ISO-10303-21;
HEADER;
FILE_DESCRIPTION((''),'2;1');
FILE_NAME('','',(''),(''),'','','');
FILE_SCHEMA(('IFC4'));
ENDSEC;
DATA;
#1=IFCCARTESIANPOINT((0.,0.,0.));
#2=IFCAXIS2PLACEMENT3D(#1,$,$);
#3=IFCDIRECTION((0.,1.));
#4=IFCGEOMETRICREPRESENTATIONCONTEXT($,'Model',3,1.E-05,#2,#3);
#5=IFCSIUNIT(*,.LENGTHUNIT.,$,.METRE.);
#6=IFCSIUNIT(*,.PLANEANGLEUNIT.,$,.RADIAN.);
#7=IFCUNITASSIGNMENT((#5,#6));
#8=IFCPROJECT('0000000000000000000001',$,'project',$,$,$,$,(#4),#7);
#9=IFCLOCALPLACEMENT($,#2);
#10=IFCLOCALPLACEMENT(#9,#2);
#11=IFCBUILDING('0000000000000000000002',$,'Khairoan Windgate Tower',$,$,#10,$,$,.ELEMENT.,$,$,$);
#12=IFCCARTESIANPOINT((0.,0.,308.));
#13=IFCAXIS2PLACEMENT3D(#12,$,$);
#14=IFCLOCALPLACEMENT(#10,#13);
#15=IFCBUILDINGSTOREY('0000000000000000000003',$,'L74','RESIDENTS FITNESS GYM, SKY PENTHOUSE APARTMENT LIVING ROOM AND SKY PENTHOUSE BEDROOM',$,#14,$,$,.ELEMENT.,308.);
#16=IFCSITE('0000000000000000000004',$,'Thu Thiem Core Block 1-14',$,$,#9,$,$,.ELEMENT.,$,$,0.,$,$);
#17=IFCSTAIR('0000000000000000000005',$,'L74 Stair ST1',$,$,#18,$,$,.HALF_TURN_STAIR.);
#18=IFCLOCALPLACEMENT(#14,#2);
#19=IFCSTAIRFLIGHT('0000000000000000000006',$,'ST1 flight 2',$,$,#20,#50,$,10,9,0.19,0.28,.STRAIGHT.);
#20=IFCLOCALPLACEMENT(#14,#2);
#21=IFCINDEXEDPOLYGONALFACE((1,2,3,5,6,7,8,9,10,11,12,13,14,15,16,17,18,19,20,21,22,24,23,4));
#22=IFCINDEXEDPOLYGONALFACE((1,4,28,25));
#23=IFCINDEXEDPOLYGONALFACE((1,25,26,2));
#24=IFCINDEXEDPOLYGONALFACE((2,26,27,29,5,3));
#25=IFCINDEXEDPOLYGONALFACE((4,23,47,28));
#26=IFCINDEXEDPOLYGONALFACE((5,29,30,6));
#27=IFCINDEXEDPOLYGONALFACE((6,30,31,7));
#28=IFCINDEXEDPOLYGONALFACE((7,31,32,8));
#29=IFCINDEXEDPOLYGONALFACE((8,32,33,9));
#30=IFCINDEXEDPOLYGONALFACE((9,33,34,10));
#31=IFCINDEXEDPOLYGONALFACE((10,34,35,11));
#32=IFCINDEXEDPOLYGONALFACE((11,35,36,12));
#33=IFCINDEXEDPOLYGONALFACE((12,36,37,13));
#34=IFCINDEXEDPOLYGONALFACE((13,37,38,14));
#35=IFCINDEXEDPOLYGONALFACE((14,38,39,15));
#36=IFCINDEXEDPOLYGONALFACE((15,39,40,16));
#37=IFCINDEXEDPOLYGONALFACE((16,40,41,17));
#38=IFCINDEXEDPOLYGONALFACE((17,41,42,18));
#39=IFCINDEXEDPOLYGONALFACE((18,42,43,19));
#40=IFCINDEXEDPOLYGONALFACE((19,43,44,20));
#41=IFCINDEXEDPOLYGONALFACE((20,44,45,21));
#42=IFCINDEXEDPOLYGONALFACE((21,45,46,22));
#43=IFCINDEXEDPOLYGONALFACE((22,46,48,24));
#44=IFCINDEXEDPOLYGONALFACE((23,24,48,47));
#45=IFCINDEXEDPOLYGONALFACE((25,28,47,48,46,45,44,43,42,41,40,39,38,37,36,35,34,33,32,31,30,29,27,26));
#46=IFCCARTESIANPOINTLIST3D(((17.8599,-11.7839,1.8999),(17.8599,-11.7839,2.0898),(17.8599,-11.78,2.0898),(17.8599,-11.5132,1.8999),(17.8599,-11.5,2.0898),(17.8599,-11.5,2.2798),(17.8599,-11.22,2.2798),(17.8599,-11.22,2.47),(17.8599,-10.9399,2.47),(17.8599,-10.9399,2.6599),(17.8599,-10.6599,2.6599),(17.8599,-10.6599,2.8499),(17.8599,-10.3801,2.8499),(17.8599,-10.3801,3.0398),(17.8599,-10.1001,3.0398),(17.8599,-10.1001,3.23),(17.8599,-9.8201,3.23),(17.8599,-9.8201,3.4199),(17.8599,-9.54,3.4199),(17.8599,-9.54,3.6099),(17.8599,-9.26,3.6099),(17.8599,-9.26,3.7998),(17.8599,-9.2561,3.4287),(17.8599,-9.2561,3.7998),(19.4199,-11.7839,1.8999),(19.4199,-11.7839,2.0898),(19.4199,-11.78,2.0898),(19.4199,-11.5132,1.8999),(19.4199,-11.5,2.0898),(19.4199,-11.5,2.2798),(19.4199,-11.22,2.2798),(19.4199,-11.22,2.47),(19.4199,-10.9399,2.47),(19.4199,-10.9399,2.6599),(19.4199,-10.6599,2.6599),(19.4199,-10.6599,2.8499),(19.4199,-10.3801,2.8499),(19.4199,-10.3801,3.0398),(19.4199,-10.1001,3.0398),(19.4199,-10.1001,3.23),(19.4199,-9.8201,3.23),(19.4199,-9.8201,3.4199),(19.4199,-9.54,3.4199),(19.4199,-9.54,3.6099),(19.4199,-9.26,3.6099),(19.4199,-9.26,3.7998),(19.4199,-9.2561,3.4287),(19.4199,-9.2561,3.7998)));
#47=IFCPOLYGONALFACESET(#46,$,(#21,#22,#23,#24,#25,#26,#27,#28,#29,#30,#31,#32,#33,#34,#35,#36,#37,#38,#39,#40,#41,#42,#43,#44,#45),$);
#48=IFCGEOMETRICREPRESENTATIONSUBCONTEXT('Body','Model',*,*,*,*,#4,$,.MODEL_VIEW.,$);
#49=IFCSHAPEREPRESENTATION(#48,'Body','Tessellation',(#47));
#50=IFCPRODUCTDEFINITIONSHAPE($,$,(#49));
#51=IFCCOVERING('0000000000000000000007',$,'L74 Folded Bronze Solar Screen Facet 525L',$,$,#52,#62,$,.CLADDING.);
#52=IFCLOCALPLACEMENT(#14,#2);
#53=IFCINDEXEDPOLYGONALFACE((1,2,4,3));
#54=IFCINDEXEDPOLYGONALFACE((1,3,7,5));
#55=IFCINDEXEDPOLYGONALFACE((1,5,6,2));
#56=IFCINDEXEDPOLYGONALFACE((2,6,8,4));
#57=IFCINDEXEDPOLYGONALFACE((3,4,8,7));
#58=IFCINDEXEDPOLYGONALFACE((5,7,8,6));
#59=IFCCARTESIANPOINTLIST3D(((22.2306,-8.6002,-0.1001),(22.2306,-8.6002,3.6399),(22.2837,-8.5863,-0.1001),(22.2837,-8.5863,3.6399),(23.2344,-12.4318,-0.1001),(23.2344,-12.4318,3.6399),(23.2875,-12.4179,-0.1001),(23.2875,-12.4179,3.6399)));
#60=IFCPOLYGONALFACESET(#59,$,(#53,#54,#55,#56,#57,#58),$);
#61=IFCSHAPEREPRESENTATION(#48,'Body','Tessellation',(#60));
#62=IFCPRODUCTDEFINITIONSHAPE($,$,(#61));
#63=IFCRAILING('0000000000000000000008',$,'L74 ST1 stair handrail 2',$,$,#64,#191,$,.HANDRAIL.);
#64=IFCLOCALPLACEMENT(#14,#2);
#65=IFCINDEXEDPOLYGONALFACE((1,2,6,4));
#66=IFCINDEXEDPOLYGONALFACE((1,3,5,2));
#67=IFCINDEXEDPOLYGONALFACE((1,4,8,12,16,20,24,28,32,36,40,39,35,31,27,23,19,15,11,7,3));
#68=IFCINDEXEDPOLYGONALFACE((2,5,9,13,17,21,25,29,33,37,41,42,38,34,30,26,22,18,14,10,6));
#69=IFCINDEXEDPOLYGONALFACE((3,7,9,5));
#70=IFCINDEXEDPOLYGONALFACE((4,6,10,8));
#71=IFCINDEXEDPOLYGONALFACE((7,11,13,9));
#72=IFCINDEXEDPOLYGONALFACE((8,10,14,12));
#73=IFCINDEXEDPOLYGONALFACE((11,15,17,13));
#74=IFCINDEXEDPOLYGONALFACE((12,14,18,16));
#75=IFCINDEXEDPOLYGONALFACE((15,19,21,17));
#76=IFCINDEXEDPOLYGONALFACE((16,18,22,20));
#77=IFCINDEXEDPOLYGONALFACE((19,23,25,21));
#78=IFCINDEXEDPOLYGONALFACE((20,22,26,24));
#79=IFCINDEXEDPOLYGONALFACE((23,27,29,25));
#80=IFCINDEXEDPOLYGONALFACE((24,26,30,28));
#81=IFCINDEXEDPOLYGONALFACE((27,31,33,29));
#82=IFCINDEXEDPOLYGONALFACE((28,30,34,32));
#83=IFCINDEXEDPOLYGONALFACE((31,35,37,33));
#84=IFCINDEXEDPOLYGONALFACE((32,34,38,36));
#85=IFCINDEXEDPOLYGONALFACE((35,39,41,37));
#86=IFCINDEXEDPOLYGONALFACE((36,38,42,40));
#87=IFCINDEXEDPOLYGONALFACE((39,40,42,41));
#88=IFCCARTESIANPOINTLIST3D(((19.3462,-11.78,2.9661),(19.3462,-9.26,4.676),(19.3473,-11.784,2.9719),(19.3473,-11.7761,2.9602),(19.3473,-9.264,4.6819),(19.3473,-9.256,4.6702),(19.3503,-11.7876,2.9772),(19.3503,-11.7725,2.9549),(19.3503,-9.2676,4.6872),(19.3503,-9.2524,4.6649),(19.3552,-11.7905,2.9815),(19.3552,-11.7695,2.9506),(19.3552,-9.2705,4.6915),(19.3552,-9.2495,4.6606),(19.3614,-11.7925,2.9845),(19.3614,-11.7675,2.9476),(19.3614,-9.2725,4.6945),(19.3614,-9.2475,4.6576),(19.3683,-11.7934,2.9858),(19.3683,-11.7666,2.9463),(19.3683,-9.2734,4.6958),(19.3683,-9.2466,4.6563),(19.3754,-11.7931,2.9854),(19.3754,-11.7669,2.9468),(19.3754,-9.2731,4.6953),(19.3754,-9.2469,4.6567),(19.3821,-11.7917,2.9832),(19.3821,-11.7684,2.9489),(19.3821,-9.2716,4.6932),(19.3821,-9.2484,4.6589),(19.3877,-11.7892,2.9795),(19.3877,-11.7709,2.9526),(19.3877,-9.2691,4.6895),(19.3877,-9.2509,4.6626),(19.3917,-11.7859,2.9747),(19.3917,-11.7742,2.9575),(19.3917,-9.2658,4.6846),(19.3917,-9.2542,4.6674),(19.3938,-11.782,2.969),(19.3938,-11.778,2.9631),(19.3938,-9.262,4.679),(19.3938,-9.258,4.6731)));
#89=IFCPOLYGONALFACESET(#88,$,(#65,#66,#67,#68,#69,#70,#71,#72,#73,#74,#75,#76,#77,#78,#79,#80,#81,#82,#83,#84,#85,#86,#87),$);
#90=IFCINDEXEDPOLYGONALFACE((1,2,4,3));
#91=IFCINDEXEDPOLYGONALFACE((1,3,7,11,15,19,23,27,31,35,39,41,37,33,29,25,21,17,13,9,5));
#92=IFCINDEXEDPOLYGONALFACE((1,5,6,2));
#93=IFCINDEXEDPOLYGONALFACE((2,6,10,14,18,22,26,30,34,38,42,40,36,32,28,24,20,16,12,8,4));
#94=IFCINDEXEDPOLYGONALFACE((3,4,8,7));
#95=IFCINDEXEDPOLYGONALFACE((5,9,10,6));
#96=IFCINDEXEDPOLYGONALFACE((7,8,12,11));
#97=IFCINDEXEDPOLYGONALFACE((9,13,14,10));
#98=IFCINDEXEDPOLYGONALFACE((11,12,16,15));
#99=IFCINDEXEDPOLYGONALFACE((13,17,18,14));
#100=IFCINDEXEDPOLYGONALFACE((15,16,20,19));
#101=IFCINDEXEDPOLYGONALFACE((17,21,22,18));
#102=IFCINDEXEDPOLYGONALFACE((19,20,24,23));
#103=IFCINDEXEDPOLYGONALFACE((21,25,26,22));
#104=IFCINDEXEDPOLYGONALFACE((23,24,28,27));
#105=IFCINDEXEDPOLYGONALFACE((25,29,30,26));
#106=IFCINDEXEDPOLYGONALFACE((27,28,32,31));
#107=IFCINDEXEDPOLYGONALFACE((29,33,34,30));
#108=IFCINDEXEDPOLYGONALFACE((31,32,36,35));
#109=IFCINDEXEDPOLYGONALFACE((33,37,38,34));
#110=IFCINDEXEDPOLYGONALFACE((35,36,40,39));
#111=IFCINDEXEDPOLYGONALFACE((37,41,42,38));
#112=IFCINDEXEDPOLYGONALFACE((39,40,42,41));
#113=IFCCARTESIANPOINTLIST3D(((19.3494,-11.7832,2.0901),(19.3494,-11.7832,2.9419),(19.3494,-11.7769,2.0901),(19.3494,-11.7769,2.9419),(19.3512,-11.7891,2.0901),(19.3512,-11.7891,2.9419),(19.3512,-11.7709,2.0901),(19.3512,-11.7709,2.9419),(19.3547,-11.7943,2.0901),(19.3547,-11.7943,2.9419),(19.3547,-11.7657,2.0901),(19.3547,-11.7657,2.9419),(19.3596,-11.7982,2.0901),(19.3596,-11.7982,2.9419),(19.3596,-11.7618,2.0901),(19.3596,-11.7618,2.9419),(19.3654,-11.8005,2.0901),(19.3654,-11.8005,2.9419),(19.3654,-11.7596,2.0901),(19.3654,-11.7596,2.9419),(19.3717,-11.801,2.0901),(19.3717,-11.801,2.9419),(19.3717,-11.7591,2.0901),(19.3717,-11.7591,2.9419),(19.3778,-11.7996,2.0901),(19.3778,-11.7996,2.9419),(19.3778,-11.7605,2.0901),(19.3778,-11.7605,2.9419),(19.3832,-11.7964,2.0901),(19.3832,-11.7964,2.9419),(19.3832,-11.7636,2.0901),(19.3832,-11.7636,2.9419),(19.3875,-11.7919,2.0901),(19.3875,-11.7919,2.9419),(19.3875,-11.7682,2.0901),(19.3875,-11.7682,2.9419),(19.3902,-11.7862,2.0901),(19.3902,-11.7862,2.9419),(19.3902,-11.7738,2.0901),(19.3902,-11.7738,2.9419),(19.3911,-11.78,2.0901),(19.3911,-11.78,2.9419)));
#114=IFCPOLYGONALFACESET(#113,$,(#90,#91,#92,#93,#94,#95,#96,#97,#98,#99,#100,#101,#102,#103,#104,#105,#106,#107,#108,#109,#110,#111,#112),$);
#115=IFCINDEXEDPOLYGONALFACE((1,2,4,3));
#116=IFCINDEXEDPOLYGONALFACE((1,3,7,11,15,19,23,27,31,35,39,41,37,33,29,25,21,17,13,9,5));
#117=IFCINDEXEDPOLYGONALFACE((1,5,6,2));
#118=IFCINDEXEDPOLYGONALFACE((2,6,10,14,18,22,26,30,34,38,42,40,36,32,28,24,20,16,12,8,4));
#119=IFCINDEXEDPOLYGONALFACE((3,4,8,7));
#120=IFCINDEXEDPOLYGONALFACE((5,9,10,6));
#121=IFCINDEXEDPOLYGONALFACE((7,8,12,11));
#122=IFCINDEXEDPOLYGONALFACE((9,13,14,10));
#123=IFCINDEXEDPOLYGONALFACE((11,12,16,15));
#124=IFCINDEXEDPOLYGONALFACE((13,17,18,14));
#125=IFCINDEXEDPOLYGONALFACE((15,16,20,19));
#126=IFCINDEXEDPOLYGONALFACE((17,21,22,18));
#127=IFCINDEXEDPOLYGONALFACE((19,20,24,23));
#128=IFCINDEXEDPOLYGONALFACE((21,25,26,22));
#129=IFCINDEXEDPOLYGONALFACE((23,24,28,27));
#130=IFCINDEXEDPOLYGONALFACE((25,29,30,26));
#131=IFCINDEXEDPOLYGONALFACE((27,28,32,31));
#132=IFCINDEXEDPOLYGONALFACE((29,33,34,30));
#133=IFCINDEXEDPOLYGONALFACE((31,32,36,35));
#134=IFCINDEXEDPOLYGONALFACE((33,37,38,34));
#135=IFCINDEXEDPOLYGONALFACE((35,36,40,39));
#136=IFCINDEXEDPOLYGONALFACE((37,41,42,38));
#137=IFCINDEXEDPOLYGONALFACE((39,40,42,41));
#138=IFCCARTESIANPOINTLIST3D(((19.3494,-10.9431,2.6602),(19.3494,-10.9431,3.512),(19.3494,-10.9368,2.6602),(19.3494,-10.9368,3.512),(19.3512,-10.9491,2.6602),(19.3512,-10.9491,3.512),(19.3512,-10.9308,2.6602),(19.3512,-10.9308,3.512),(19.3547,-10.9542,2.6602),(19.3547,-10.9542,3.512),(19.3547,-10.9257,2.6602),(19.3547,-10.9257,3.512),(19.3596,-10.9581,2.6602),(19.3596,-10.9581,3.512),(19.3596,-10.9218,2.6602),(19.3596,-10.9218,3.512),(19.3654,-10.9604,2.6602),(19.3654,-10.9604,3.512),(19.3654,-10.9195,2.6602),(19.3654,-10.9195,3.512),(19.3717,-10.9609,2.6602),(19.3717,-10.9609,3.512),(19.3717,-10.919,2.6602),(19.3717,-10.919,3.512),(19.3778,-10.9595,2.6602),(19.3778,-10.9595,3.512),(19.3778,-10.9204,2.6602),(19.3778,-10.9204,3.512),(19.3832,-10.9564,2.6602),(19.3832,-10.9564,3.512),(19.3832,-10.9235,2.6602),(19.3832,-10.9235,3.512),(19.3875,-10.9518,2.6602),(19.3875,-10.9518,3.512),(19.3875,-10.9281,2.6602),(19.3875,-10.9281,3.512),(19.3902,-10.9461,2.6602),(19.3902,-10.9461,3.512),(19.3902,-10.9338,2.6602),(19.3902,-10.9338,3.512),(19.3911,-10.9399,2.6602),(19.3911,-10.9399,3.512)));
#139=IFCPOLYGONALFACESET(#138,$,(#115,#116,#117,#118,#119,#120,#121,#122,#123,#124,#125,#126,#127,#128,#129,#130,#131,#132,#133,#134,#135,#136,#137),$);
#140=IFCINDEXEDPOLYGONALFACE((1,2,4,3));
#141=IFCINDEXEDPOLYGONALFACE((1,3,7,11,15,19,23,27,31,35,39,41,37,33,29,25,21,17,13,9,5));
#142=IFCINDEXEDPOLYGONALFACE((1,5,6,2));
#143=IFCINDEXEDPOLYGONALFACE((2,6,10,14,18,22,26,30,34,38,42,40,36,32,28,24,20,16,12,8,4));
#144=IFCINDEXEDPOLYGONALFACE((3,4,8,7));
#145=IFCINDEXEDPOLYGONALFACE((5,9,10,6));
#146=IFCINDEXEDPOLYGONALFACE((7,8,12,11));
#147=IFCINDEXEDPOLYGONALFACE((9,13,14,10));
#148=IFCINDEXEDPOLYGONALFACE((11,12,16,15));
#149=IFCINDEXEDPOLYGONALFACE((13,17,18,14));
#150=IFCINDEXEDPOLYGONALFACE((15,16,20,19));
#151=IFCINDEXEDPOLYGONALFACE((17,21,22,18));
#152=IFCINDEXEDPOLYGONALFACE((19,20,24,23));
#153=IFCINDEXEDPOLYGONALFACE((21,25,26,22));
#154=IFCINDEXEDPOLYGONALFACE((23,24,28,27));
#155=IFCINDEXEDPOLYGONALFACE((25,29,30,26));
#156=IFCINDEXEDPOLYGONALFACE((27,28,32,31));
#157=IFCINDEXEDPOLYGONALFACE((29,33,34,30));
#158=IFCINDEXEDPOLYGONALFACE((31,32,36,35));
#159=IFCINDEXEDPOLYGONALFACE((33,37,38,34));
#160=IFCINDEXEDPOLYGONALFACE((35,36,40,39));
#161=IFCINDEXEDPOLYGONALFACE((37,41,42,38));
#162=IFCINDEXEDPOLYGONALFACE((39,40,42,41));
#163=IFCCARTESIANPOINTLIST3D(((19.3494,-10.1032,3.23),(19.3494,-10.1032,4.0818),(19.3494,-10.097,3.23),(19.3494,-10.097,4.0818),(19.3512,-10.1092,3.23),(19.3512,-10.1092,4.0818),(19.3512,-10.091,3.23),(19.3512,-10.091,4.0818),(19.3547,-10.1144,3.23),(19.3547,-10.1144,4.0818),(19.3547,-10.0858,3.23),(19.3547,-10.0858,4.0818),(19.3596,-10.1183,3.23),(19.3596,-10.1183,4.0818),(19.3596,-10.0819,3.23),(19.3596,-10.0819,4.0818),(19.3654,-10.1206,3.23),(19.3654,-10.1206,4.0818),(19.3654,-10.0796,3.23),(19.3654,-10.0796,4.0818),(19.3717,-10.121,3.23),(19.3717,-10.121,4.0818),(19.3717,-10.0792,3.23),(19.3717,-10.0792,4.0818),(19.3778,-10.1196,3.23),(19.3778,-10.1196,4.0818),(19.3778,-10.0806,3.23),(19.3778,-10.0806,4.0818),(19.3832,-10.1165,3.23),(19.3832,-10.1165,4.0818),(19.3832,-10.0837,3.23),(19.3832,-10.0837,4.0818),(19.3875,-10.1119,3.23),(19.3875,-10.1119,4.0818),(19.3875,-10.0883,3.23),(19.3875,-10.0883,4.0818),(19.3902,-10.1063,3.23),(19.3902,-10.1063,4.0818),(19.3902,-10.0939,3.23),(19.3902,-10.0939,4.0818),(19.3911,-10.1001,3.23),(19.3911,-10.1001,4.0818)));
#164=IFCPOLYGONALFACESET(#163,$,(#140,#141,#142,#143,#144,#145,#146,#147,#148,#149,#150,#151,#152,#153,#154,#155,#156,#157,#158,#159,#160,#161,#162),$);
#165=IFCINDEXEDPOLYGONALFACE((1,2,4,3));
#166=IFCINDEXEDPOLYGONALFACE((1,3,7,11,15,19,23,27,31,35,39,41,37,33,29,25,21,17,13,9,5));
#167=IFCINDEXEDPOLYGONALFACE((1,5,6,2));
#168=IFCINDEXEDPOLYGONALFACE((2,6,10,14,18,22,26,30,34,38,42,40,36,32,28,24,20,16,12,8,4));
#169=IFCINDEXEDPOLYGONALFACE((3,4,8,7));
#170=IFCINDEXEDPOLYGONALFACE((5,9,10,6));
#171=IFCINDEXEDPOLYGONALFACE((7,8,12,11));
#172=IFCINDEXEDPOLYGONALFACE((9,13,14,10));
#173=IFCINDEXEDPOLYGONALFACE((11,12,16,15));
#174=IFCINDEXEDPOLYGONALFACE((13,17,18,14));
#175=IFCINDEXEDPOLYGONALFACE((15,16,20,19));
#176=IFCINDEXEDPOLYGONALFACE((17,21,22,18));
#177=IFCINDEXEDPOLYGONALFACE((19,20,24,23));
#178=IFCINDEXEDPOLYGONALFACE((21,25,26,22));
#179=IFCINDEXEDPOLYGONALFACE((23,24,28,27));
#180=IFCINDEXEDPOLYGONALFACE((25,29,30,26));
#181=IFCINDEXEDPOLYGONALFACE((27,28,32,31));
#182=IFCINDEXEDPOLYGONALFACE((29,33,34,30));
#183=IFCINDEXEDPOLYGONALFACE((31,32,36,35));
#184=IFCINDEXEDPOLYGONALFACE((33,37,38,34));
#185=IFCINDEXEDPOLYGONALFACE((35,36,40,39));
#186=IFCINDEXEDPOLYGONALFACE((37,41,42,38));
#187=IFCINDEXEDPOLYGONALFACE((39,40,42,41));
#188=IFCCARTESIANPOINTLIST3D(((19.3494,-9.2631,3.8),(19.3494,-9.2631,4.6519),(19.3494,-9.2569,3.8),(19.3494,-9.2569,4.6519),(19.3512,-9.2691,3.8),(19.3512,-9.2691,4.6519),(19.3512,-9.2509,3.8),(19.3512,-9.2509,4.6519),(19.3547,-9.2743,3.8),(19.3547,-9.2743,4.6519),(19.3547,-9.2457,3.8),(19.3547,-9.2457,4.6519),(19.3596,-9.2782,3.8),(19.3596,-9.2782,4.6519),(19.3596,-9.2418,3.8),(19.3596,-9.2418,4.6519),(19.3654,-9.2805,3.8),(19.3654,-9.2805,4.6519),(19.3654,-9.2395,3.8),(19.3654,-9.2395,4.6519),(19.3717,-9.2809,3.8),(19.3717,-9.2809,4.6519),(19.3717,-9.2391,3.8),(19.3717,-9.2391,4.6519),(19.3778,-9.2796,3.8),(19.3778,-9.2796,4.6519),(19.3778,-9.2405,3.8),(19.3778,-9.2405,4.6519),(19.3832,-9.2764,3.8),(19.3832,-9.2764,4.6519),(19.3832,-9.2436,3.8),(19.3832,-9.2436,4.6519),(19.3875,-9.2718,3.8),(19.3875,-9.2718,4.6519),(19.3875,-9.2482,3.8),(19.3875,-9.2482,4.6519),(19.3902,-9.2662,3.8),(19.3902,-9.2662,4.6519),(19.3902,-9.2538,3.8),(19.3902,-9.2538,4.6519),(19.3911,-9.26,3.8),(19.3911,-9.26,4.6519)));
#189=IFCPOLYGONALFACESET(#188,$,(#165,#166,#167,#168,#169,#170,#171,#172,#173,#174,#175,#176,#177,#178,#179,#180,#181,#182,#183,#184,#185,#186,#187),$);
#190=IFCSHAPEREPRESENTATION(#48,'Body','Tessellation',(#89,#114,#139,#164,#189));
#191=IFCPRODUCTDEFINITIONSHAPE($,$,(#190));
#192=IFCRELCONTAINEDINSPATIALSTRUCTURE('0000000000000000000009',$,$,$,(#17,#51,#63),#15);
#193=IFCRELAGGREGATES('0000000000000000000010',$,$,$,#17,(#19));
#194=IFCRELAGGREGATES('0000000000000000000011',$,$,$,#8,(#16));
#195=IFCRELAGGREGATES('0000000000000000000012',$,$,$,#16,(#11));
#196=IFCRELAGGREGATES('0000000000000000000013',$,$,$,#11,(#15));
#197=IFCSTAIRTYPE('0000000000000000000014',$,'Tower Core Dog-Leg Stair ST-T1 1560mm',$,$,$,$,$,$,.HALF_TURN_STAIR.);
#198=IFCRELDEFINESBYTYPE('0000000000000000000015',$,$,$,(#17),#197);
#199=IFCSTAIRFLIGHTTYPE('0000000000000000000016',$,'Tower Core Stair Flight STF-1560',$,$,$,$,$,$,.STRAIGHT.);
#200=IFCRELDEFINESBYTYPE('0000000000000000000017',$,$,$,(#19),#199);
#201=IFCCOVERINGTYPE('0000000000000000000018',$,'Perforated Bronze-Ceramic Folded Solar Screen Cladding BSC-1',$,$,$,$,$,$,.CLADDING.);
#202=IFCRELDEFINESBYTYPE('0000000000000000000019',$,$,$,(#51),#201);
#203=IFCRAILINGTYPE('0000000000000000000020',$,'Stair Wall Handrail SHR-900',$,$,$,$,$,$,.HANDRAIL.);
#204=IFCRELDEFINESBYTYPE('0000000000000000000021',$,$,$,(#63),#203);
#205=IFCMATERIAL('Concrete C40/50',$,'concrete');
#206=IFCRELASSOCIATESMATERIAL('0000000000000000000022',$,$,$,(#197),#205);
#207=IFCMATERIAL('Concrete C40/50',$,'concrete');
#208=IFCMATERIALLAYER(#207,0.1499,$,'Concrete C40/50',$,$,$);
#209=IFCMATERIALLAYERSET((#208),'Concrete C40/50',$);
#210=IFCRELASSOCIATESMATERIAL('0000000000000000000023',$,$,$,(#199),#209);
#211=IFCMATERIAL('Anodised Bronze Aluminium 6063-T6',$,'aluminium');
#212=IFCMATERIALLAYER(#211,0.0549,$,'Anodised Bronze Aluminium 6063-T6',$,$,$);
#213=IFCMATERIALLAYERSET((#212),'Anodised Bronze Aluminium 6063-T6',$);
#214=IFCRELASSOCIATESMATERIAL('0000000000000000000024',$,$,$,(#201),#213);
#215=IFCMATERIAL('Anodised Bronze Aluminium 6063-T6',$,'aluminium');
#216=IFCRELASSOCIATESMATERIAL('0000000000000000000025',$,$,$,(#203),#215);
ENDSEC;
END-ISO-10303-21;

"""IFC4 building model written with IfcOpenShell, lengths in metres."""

from ifc_helpers import new_model, si_unit, direction, frame, origin, origin_2d, place, context, subcontext, project, spatial, polyline, rectangle, circle, outline, extrude, material, layer, layer_set, type_object, element, aggregate, save


model = new_model("IFC4")

# Units and contexts
model_context = context("Model", 3, precision=1e-05, world=origin(), true_north=direction((0.0, 1.0)))
body_context = subcontext(model_context, "Body", "Model", "MODEL_VIEW")
ifc_project = project(units=[si_unit("LENGTHUNIT", "METRE"), si_unit("PLANEANGLEUNIT", "RADIAN")], contexts=[model_context])

# Site, building, storey
site_placement = place(None, origin())
site = spatial("IfcSite", under=ifc_project, at=site_placement, Name="Thu Thiem Core Block 1-14", CompositionType="ELEMENT", RefElevation=0.0)
building_placement = place(site_placement, origin())
building = spatial("IfcBuilding", under=site, at=building_placement, Name="Khairoan Windgate Tower", CompositionType="ELEMENT")
storey_placement = place(building_placement, frame((0.0, 0.0, 308.0)))
storey = spatial("IfcBuildingStorey", under=building, at=storey_placement, Name="L74", Description="RESIDENTS FITNESS GYM, SKY PENTHOUSE APARTMENT LIVING ROOM AND SKY PENTHOUSE BEDROOM", CompositionType="ELEMENT", Elevation=308.0)

# Stair, stair flight
ifc_material_1 = material(Name="Concrete C40/50", Category="concrete")
stair_type = type_object("IfcStairType", Name="Tower Core Dog-Leg Stair ST-T1 1560mm", PredefinedType="HALF_TURN_STAIR", material=ifc_material_1)
stair_placement = place(storey_placement, origin())
stair = element("IfcStair", 1, at=stair_placement, inside=storey, type_object=stair_type, Name="L74 Stair ST1", PredefinedType="HALF_TURN_STAIR")
ifc_material_2 = material(Name="Concrete C40/50", Category="concrete")
ifc_layer_1 = layer(ifc_material_2, 0.1499, Name="Concrete C40/50")
ifc_layer_set_1 = layer_set([ifc_layer_1], Name="Concrete C40/50")
stair_flight_type = type_object("IfcStairFlightType", Name="Tower Core Stair Flight STF-1560", PredefinedType="STRAIGHT", material=ifc_layer_set_1)
stair_flight_1_placement = place(storey_placement, frame((18.6399, -11.78, 1.8999), z_axis=(0.0, 0.0, 1.0), x_axis=(0.0, 1.0, 0.0)))
stair_flight_1 = element("IfcStairFlight", 2, at=stair_flight_1_placement, type_object=stair_flight_type, Name="ST1 flight 2", NumberOfRisers=10, NumberOfTreads=9, PredefinedType="STRAIGHT", RiserHeight=0.19, TreadLength=0.28, context=body_context, shape_type="SweptSolid", body=[
    extrude(outline(polyline([(-0.0039, 0.0), (-0.0039, 0.1899), (0.0, 0.1899), (0.28, 0.1899), (0.28, 0.3799), (0.5601, 0.3799), (0.5601, 0.5701), (0.8401, 0.5701), (0.8401, 0.76), (1.1201, 0.76), (1.1201, 0.95), (1.3999, 0.95), (1.3999, 1.1399), (1.6799, 1.1399), (1.6799, 1.3301), (1.96, 1.3301), (1.96, 1.52), (2.24, 1.52), (2.24, 1.71), (2.52, 1.71), (2.52, 1.8999), (2.5239, 1.8999), (2.5239, 1.5288), (0.2668, 0.0), (-0.0039, 0.0)])), frame((0.0, 0.78, 0.0), z_axis=(0.0, -1.0, 0.0), x_axis=(1.0, 0.0, 0.0)), (0.0, 0.0, 1.0), 1.5601),
])
aggregate(stair, [stair_flight_1])

# Covering
ifc_material_3 = material(Name="Anodised Bronze Aluminium 6063-T6", Category="aluminium")
ifc_layer_2 = layer(ifc_material_3, 0.0549, Name="Anodised Bronze Aluminium 6063-T6")
ifc_layer_set_2 = layer_set([ifc_layer_2], Name="Anodised Bronze Aluminium 6063-T6")
covering_type = type_object("IfcCoveringType", Name="Perforated Bronze-Ceramic Folded Solar Screen Cladding BSC-1", PredefinedType="CLADDING", material=ifc_layer_set_2)
covering_placement = place(storey_placement, frame((22.759, -10.509, -0.1001), z_axis=(0.0, 0.0, 1.0), x_axis=(0.25342, -0.967356, 0.0)))
element("IfcCovering", 3, at=covering_placement, inside=storey, type_object=covering_type, Name="L74 Folded Bronze Solar Screen Facet 525L", PredefinedType="CLADDING", context=body_context, shape_type="SweptSolid", body=[
    extrude(rectangle(XDim=3.9609, YDim=0.0549, at=origin_2d()), origin(), (0.0, 0.0, 1.0), 3.74),
])

# Railing
ifc_material_4 = material(Name="Anodised Bronze Aluminium 6063-T6", Category="aluminium")
railing_type_1 = type_object("IfcRailingType", Name="Stair Wall Handrail SHR-900", PredefinedType="HANDRAIL", material=ifc_material_4)
railing_1_placement = place(storey_placement, frame((19.3701, -11.78, 2.0901)))
element("IfcRailing", 4, at=railing_1_placement, inside=storey, type_object=railing_type_1, Name="L74 ST1 stair handrail 2", PredefinedType="HANDRAIL", context=body_context, shape_type="SweptSolid", body=[
    extrude(circle(Radius=0.0239, at=origin_2d()), frame((0.0, 0.0, 0.876), z_axis=(0.0, 0.827484, 0.56149), x_axis=(-1.0, 0.0, 0.0)), (0.0, 0.0, 1.0), 3.0454),
    extrude(circle(Radius=0.021, at=origin_2d()), origin(), (0.0, 0.0, 1.0), 0.8518),
    extrude(circle(Radius=0.021, at=origin_2d()), frame((0.0, 0.8401, 0.5701)), (0.0, 0.0, 1.0), 0.8518),
    extrude(circle(Radius=0.021, at=origin_2d()), frame((0.0, 1.6799, 1.1399)), (0.0, 0.0, 1.0), 0.8518),
    extrude(circle(Radius=0.021, at=origin_2d()), frame((0.0, 2.52, 1.71)), (0.0, 0.0, 1.0), 0.8518),
])

save(model, "model.ifc")
